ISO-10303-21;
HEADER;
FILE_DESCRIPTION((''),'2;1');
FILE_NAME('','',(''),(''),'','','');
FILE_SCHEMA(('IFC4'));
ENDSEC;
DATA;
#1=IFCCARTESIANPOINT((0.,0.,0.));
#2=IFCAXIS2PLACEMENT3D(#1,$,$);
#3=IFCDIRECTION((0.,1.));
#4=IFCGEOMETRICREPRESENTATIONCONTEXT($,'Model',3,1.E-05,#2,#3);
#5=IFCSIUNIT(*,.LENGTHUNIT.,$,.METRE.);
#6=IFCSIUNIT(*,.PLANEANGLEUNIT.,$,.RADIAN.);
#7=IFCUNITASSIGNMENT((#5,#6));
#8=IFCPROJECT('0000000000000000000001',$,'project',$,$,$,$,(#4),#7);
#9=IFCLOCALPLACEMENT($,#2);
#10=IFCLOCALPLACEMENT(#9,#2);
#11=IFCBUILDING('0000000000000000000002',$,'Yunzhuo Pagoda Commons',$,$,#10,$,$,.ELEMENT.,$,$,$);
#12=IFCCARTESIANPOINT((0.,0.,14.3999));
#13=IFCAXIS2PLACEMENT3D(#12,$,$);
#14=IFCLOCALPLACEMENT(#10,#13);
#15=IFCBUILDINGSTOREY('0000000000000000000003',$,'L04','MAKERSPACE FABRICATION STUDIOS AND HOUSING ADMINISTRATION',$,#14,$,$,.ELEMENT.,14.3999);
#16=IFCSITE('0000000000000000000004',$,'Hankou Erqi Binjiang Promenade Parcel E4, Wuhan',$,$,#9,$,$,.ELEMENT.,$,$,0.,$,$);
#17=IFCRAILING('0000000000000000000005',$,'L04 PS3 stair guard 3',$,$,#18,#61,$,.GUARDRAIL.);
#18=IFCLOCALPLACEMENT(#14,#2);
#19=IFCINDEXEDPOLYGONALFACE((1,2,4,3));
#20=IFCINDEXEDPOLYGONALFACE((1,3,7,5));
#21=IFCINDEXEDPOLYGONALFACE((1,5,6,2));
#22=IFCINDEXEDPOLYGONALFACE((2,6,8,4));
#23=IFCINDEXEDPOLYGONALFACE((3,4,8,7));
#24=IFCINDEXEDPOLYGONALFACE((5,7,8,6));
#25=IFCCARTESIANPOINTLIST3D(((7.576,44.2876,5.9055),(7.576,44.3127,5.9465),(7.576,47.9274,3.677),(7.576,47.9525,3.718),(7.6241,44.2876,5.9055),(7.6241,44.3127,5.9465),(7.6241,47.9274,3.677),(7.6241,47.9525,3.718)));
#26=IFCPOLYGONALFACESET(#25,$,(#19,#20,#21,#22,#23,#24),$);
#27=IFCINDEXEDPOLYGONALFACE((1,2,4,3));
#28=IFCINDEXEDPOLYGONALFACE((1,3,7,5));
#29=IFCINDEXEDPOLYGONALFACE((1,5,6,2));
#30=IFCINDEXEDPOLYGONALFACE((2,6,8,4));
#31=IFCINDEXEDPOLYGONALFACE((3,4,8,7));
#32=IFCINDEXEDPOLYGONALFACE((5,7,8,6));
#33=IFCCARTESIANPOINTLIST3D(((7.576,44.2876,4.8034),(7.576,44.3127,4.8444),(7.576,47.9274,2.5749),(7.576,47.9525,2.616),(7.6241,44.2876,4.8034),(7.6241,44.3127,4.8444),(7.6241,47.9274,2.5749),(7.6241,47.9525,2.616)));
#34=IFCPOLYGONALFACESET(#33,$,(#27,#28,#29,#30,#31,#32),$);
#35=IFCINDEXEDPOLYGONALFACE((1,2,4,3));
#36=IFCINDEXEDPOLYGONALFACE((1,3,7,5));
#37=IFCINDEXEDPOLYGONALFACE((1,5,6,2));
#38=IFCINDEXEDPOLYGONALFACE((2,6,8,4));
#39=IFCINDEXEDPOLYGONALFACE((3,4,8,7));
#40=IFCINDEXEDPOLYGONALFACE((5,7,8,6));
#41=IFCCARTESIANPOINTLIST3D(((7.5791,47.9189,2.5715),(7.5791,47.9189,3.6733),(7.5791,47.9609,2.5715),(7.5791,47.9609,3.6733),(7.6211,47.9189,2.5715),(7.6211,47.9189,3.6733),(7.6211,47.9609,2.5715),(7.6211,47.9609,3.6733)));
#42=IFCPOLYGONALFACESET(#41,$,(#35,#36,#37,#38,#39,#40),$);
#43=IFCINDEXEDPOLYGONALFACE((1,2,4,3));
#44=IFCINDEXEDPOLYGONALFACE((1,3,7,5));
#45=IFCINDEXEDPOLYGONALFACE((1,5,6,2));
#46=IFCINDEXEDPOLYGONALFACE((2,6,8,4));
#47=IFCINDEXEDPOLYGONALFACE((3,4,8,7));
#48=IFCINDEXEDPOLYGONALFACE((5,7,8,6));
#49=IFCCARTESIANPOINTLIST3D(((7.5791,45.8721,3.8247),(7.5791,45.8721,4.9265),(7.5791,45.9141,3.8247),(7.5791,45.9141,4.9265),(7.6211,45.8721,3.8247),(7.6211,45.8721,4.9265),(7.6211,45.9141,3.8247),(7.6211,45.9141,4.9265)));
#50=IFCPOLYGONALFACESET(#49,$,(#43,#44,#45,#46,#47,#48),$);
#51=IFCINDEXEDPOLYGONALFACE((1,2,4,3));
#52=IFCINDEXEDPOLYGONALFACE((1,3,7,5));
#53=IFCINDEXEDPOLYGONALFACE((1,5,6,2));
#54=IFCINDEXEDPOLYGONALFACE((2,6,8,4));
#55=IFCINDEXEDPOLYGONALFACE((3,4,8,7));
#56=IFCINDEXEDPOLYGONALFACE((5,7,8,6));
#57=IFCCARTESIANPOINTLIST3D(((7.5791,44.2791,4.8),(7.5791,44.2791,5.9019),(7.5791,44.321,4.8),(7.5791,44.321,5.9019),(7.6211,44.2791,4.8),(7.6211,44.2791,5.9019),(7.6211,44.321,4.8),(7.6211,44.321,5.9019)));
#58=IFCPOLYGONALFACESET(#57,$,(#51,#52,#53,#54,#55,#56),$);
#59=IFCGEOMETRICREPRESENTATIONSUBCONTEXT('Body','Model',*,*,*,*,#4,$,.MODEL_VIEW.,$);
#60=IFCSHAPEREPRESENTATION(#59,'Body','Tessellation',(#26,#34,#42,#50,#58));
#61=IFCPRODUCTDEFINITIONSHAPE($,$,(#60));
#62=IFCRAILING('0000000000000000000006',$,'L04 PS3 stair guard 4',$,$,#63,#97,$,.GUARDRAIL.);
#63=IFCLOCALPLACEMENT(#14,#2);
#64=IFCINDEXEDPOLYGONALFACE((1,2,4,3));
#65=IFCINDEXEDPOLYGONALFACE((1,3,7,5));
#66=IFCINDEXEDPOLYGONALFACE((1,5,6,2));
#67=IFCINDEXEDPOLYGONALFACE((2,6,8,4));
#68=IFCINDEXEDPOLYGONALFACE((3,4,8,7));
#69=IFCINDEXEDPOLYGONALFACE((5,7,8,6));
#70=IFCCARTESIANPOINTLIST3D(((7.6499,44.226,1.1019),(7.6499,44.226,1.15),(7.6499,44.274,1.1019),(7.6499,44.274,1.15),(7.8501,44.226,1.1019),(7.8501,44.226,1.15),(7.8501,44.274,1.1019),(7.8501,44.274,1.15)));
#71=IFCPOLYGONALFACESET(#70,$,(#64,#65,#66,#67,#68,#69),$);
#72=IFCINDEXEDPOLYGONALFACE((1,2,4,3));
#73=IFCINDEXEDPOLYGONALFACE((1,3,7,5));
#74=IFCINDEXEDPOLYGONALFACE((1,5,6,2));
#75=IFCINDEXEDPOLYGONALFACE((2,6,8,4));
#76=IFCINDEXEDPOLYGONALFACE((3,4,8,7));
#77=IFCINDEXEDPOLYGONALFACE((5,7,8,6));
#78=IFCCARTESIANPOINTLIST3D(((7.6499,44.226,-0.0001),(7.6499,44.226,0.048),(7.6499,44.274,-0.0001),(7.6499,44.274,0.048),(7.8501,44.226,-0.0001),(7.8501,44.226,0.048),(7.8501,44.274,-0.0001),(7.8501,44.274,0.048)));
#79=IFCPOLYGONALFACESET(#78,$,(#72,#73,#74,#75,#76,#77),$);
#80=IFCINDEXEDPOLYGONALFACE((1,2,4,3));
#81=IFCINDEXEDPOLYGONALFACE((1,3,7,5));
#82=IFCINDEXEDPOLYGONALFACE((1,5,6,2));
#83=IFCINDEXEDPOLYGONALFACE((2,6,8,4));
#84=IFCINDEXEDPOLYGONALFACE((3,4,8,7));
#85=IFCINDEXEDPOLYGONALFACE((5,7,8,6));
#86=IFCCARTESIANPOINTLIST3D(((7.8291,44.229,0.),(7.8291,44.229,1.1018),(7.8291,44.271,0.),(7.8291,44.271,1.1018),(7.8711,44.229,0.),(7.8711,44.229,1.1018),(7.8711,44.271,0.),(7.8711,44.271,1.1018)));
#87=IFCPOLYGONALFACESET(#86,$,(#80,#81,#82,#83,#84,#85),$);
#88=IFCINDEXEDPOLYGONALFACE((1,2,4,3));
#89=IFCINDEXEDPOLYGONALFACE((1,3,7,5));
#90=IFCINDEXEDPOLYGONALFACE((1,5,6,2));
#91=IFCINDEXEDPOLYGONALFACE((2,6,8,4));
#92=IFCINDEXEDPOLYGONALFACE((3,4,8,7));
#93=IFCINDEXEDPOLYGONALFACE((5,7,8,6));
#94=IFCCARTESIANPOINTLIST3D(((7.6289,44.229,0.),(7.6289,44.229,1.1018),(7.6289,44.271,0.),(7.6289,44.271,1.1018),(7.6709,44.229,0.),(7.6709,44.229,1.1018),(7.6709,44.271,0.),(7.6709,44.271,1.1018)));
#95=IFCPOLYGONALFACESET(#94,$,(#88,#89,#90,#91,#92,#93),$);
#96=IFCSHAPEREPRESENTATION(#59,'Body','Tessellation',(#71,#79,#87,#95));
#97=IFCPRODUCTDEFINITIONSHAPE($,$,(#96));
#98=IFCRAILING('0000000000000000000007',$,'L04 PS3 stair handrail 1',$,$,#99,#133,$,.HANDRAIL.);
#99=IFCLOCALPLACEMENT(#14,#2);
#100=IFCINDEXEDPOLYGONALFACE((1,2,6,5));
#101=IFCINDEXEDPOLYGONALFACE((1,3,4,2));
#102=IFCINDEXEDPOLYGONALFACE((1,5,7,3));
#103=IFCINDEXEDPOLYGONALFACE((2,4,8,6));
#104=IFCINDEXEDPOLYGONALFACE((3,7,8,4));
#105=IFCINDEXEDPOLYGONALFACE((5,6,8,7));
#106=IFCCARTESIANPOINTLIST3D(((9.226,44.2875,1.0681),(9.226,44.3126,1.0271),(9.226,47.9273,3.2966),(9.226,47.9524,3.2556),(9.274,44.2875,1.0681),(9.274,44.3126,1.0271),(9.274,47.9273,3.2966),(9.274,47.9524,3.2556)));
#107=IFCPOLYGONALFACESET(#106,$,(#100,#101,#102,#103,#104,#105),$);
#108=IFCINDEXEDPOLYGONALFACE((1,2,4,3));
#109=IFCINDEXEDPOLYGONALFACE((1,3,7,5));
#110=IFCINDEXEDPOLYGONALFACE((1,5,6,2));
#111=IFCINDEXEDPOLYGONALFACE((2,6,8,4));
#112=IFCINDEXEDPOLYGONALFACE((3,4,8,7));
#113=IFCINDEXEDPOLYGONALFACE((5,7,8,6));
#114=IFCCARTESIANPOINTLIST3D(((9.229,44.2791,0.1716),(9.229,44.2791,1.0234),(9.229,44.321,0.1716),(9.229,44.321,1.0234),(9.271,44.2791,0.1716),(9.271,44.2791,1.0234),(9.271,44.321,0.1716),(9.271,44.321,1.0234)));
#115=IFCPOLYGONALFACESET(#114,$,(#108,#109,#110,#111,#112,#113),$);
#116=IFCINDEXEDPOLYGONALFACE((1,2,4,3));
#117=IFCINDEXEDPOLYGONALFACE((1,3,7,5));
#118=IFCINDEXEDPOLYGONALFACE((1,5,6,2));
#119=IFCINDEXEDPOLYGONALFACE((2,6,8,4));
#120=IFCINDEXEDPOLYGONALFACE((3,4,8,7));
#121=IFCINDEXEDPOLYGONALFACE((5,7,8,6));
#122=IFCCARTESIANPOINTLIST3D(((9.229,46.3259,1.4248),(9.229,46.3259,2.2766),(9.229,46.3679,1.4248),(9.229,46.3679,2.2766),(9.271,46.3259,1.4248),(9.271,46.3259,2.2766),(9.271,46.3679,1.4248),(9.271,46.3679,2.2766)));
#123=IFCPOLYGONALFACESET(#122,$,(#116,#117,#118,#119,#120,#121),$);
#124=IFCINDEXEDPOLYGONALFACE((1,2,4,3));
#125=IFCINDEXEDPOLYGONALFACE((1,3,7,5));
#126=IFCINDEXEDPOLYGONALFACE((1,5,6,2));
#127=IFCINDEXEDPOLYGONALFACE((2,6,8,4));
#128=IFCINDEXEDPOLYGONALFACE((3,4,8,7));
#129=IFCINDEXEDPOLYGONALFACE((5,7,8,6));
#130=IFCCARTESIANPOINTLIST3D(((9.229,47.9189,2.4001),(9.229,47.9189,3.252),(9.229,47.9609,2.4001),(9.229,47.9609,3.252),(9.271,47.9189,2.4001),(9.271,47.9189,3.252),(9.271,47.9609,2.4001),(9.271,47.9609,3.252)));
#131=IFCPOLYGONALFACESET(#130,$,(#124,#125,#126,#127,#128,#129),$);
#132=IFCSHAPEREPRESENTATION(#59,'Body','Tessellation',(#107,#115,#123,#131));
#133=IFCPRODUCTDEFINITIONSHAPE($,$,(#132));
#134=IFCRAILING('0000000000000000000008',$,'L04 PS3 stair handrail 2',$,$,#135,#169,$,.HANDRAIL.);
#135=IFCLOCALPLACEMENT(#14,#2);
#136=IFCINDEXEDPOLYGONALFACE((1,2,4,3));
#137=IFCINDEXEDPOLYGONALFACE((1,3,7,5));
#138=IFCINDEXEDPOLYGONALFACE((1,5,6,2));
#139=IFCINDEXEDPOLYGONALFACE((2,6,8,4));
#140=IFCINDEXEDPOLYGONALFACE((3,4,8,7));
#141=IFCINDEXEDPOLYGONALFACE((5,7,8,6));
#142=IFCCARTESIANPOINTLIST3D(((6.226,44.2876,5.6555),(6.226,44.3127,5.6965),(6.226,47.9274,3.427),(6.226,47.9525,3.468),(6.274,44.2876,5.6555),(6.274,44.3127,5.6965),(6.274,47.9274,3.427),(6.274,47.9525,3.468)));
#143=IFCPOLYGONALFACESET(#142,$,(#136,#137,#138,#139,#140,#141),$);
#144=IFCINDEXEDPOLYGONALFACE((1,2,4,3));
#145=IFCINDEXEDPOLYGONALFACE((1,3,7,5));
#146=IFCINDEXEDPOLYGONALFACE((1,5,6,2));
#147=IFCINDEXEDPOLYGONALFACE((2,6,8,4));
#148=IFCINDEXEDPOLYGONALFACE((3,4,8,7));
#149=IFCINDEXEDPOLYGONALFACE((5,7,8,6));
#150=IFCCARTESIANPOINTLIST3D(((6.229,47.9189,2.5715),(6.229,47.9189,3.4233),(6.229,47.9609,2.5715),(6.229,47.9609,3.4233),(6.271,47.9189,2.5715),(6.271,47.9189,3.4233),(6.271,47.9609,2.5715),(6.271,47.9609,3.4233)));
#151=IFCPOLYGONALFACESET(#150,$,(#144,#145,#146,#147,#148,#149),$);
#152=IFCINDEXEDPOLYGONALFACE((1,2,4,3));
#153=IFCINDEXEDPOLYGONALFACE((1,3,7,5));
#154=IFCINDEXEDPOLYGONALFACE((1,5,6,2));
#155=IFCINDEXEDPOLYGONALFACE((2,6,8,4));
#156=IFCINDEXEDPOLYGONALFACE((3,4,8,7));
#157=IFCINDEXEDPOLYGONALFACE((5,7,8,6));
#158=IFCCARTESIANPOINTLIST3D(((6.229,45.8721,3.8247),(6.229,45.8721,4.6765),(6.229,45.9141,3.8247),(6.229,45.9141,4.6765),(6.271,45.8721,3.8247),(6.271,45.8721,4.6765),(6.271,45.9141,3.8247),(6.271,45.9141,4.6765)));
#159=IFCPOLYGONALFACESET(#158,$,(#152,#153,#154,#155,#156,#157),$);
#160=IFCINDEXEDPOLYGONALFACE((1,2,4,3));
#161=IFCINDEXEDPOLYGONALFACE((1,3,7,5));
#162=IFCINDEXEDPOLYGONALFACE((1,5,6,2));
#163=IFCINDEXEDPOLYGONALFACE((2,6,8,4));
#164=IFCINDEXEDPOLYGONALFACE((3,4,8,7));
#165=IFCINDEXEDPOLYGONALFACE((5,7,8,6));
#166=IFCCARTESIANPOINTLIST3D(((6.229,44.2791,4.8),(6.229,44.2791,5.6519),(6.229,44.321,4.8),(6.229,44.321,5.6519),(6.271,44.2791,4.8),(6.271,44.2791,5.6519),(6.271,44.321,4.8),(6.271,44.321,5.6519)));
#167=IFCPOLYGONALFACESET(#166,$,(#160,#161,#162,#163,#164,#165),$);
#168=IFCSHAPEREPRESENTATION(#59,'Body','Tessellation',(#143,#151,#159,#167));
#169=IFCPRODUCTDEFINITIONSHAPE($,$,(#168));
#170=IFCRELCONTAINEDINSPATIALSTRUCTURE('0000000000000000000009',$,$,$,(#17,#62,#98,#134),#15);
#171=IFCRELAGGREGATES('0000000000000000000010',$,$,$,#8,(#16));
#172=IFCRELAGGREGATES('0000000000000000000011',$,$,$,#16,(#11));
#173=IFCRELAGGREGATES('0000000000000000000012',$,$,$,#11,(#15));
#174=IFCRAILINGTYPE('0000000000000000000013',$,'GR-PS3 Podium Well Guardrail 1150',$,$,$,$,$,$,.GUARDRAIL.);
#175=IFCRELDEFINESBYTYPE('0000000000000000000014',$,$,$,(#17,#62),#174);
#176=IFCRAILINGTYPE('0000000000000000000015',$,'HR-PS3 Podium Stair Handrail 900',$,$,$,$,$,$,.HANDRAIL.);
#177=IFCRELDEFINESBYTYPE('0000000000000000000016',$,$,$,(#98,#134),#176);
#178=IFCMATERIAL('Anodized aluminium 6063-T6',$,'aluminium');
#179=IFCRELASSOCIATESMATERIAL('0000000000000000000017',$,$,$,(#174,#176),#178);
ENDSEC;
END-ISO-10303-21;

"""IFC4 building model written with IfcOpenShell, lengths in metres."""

from ifc_helpers import new_model, si_unit, direction, frame, origin, origin_2d, place, context, subcontext, project, spatial, rectangle, extrude, material, type_object, element, save


model = new_model("IFC4")

# Units and contexts
model_context = context("Model", 3, precision=1e-05, world=origin(), true_north=direction((0.0, 1.0)))
body_context = subcontext(model_context, "Body", "Model", "MODEL_VIEW")
ifc_project = project(units=[si_unit("LENGTHUNIT", "METRE"), si_unit("PLANEANGLEUNIT", "RADIAN")], contexts=[model_context])

# Site, building, storey
site_placement = place(None, origin())
site = spatial("IfcSite", under=ifc_project, at=site_placement, Name="Hankou Erqi Binjiang Promenade Parcel E4, Wuhan", CompositionType="ELEMENT", RefElevation=0.0)
building_placement = place(site_placement, origin())
building = spatial("IfcBuilding", under=site, at=building_placement, Name="Yunzhuo Pagoda Commons", CompositionType="ELEMENT")
storey_placement = place(building_placement, frame((0.0, 0.0, 14.3999)))
storey = spatial("IfcBuildingStorey", under=building, at=storey_placement, Name="L04", Description="MAKERSPACE FABRICATION STUDIOS AND HOUSING ADMINISTRATION", CompositionType="ELEMENT", Elevation=14.3999)

# Railings
ifc_material_1 = material(Name="Anodized aluminium 6063-T6", Category="aluminium")
railing_type_1 = type_object("IfcRailingType", Name="GR-PS3 Podium Well Guardrail 1150", PredefinedType="GUARDRAIL", material=ifc_material_1)
railing_1_placement = place(storey_placement, frame((7.6001, 47.9399, 2.5715)))
element("IfcRailing", 1, at=railing_1_placement, inside=storey, type_object=railing_type_1, Name="L04 PS3 stair guard 3", PredefinedType="GUARDRAIL", context=body_context, shape_type="SweptSolid", body=[
    extrude(rectangle(XDim=0.0481, YDim=0.0481, at=origin_2d()), frame((0.0, 0.0, 1.126), z_axis=(0.0, -0.85285, 0.522156), x_axis=(1.0, 0.0, 0.0)), (0.0, 0.0, 1.0), 4.2678),
    extrude(rectangle(XDim=0.0481, YDim=0.0481, at=origin_2d()), frame((0.0, 0.0, 0.0239), z_axis=(0.0, -0.85285, 0.522156), x_axis=(1.0, 0.0, 0.0)), (0.0, 0.0, 1.0), 4.2678),
    extrude(rectangle(XDim=0.042, YDim=0.042, at=origin_2d()), origin(), (0.0, 0.0, 1.0), 1.1018),
    extrude(rectangle(XDim=0.042, YDim=0.042, at=origin_2d()), frame((0.0, -2.0469, 1.2532)), (0.0, 0.0, 1.0), 1.1018),
    extrude(rectangle(XDim=0.042, YDim=0.042, at=origin_2d()), frame((0.0, -3.6399, 2.2285)), (0.0, 0.0, 1.0), 1.1018),
])
railing_2_placement = place(storey_placement, frame((7.8501, 44.25, 0.0)))
element("IfcRailing", 2, at=railing_2_placement, inside=storey, type_object=railing_type_1, Name="L04 PS3 stair guard 4", PredefinedType="GUARDRAIL", context=body_context, shape_type="SweptSolid", body=[
    extrude(rectangle(XDim=0.0481, YDim=0.0481, at=origin_2d()), frame((0.0, 0.0, 1.126), z_axis=(-1.0, 0.0, 0.0), x_axis=(0.0, -1.0, 0.0)), (0.0, 0.0, 1.0), 0.2002),
    extrude(rectangle(XDim=0.0481, YDim=0.0481, at=origin_2d()), frame((0.0, 0.0, 0.0239), z_axis=(-1.0, 0.0, 0.0), x_axis=(0.0, -1.0, 0.0)), (0.0, 0.0, 1.0), 0.2002),
    extrude(rectangle(XDim=0.042, YDim=0.042, at=origin_2d()), origin(), (0.0, 0.0, 1.0), 1.1018),
    extrude(rectangle(XDim=0.042, YDim=0.042, at=origin_2d()), frame((-0.2002, 0.0, 0.0)), (0.0, 0.0, 1.0), 1.1018),
])
railing_type_2 = type_object("IfcRailingType", Name="HR-PS3 Podium Stair Handrail 900", PredefinedType="HANDRAIL", material=ifc_material_1)
railing_3_placement = place(storey_placement, frame((9.25, 44.3, 0.1716)))
element("IfcRailing", 3, at=railing_3_placement, inside=storey, type_object=railing_type_2, Name="L04 PS3 stair handrail 1", PredefinedType="HANDRAIL", context=body_context, shape_type="SweptSolid", body=[
    extrude(rectangle(XDim=0.0481, YDim=0.0481, at=origin_2d()), frame((0.0, 0.0, 0.876), z_axis=(0.0, 0.85285, 0.522156), x_axis=(-1.0, 0.0, 0.0)), (0.0, 0.0, 1.0), 4.2678),
    extrude(rectangle(XDim=0.042, YDim=0.042, at=origin_2d()), origin(), (0.0, 0.0, 1.0), 0.8518),
    extrude(rectangle(XDim=0.042, YDim=0.042, at=origin_2d()), frame((0.0, 2.0469, 1.2532)), (0.0, 0.0, 1.0), 0.8518),
    extrude(rectangle(XDim=0.042, YDim=0.042, at=origin_2d()), frame((0.0, 3.6399, 2.2285)), (0.0, 0.0, 1.0), 0.8518),
])
railing_4_placement = place(storey_placement, frame((6.25, 47.9399, 2.5715)))
element("IfcRailing", 4, at=railing_4_placement, inside=storey, type_object=railing_type_2, Name="L04 PS3 stair handrail 2", PredefinedType="HANDRAIL", context=body_context, shape_type="SweptSolid", body=[
    extrude(rectangle(XDim=0.0481, YDim=0.0481, at=origin_2d()), frame((0.0, 0.0, 0.876), z_axis=(0.0, -0.85285, 0.522156), x_axis=(1.0, 0.0, 0.0)), (0.0, 0.0, 1.0), 4.2678),
    extrude(rectangle(XDim=0.042, YDim=0.042, at=origin_2d()), origin(), (0.0, 0.0, 1.0), 0.8518),
    extrude(rectangle(XDim=0.042, YDim=0.042, at=origin_2d()), frame((0.0, -2.0469, 1.2532)), (0.0, 0.0, 1.0), 0.8518),
    extrude(rectangle(XDim=0.042, YDim=0.042, at=origin_2d()), frame((0.0, -3.6399, 2.2285)), (0.0, 0.0, 1.0), 0.8518),
])

save(model, "model.ifc")
